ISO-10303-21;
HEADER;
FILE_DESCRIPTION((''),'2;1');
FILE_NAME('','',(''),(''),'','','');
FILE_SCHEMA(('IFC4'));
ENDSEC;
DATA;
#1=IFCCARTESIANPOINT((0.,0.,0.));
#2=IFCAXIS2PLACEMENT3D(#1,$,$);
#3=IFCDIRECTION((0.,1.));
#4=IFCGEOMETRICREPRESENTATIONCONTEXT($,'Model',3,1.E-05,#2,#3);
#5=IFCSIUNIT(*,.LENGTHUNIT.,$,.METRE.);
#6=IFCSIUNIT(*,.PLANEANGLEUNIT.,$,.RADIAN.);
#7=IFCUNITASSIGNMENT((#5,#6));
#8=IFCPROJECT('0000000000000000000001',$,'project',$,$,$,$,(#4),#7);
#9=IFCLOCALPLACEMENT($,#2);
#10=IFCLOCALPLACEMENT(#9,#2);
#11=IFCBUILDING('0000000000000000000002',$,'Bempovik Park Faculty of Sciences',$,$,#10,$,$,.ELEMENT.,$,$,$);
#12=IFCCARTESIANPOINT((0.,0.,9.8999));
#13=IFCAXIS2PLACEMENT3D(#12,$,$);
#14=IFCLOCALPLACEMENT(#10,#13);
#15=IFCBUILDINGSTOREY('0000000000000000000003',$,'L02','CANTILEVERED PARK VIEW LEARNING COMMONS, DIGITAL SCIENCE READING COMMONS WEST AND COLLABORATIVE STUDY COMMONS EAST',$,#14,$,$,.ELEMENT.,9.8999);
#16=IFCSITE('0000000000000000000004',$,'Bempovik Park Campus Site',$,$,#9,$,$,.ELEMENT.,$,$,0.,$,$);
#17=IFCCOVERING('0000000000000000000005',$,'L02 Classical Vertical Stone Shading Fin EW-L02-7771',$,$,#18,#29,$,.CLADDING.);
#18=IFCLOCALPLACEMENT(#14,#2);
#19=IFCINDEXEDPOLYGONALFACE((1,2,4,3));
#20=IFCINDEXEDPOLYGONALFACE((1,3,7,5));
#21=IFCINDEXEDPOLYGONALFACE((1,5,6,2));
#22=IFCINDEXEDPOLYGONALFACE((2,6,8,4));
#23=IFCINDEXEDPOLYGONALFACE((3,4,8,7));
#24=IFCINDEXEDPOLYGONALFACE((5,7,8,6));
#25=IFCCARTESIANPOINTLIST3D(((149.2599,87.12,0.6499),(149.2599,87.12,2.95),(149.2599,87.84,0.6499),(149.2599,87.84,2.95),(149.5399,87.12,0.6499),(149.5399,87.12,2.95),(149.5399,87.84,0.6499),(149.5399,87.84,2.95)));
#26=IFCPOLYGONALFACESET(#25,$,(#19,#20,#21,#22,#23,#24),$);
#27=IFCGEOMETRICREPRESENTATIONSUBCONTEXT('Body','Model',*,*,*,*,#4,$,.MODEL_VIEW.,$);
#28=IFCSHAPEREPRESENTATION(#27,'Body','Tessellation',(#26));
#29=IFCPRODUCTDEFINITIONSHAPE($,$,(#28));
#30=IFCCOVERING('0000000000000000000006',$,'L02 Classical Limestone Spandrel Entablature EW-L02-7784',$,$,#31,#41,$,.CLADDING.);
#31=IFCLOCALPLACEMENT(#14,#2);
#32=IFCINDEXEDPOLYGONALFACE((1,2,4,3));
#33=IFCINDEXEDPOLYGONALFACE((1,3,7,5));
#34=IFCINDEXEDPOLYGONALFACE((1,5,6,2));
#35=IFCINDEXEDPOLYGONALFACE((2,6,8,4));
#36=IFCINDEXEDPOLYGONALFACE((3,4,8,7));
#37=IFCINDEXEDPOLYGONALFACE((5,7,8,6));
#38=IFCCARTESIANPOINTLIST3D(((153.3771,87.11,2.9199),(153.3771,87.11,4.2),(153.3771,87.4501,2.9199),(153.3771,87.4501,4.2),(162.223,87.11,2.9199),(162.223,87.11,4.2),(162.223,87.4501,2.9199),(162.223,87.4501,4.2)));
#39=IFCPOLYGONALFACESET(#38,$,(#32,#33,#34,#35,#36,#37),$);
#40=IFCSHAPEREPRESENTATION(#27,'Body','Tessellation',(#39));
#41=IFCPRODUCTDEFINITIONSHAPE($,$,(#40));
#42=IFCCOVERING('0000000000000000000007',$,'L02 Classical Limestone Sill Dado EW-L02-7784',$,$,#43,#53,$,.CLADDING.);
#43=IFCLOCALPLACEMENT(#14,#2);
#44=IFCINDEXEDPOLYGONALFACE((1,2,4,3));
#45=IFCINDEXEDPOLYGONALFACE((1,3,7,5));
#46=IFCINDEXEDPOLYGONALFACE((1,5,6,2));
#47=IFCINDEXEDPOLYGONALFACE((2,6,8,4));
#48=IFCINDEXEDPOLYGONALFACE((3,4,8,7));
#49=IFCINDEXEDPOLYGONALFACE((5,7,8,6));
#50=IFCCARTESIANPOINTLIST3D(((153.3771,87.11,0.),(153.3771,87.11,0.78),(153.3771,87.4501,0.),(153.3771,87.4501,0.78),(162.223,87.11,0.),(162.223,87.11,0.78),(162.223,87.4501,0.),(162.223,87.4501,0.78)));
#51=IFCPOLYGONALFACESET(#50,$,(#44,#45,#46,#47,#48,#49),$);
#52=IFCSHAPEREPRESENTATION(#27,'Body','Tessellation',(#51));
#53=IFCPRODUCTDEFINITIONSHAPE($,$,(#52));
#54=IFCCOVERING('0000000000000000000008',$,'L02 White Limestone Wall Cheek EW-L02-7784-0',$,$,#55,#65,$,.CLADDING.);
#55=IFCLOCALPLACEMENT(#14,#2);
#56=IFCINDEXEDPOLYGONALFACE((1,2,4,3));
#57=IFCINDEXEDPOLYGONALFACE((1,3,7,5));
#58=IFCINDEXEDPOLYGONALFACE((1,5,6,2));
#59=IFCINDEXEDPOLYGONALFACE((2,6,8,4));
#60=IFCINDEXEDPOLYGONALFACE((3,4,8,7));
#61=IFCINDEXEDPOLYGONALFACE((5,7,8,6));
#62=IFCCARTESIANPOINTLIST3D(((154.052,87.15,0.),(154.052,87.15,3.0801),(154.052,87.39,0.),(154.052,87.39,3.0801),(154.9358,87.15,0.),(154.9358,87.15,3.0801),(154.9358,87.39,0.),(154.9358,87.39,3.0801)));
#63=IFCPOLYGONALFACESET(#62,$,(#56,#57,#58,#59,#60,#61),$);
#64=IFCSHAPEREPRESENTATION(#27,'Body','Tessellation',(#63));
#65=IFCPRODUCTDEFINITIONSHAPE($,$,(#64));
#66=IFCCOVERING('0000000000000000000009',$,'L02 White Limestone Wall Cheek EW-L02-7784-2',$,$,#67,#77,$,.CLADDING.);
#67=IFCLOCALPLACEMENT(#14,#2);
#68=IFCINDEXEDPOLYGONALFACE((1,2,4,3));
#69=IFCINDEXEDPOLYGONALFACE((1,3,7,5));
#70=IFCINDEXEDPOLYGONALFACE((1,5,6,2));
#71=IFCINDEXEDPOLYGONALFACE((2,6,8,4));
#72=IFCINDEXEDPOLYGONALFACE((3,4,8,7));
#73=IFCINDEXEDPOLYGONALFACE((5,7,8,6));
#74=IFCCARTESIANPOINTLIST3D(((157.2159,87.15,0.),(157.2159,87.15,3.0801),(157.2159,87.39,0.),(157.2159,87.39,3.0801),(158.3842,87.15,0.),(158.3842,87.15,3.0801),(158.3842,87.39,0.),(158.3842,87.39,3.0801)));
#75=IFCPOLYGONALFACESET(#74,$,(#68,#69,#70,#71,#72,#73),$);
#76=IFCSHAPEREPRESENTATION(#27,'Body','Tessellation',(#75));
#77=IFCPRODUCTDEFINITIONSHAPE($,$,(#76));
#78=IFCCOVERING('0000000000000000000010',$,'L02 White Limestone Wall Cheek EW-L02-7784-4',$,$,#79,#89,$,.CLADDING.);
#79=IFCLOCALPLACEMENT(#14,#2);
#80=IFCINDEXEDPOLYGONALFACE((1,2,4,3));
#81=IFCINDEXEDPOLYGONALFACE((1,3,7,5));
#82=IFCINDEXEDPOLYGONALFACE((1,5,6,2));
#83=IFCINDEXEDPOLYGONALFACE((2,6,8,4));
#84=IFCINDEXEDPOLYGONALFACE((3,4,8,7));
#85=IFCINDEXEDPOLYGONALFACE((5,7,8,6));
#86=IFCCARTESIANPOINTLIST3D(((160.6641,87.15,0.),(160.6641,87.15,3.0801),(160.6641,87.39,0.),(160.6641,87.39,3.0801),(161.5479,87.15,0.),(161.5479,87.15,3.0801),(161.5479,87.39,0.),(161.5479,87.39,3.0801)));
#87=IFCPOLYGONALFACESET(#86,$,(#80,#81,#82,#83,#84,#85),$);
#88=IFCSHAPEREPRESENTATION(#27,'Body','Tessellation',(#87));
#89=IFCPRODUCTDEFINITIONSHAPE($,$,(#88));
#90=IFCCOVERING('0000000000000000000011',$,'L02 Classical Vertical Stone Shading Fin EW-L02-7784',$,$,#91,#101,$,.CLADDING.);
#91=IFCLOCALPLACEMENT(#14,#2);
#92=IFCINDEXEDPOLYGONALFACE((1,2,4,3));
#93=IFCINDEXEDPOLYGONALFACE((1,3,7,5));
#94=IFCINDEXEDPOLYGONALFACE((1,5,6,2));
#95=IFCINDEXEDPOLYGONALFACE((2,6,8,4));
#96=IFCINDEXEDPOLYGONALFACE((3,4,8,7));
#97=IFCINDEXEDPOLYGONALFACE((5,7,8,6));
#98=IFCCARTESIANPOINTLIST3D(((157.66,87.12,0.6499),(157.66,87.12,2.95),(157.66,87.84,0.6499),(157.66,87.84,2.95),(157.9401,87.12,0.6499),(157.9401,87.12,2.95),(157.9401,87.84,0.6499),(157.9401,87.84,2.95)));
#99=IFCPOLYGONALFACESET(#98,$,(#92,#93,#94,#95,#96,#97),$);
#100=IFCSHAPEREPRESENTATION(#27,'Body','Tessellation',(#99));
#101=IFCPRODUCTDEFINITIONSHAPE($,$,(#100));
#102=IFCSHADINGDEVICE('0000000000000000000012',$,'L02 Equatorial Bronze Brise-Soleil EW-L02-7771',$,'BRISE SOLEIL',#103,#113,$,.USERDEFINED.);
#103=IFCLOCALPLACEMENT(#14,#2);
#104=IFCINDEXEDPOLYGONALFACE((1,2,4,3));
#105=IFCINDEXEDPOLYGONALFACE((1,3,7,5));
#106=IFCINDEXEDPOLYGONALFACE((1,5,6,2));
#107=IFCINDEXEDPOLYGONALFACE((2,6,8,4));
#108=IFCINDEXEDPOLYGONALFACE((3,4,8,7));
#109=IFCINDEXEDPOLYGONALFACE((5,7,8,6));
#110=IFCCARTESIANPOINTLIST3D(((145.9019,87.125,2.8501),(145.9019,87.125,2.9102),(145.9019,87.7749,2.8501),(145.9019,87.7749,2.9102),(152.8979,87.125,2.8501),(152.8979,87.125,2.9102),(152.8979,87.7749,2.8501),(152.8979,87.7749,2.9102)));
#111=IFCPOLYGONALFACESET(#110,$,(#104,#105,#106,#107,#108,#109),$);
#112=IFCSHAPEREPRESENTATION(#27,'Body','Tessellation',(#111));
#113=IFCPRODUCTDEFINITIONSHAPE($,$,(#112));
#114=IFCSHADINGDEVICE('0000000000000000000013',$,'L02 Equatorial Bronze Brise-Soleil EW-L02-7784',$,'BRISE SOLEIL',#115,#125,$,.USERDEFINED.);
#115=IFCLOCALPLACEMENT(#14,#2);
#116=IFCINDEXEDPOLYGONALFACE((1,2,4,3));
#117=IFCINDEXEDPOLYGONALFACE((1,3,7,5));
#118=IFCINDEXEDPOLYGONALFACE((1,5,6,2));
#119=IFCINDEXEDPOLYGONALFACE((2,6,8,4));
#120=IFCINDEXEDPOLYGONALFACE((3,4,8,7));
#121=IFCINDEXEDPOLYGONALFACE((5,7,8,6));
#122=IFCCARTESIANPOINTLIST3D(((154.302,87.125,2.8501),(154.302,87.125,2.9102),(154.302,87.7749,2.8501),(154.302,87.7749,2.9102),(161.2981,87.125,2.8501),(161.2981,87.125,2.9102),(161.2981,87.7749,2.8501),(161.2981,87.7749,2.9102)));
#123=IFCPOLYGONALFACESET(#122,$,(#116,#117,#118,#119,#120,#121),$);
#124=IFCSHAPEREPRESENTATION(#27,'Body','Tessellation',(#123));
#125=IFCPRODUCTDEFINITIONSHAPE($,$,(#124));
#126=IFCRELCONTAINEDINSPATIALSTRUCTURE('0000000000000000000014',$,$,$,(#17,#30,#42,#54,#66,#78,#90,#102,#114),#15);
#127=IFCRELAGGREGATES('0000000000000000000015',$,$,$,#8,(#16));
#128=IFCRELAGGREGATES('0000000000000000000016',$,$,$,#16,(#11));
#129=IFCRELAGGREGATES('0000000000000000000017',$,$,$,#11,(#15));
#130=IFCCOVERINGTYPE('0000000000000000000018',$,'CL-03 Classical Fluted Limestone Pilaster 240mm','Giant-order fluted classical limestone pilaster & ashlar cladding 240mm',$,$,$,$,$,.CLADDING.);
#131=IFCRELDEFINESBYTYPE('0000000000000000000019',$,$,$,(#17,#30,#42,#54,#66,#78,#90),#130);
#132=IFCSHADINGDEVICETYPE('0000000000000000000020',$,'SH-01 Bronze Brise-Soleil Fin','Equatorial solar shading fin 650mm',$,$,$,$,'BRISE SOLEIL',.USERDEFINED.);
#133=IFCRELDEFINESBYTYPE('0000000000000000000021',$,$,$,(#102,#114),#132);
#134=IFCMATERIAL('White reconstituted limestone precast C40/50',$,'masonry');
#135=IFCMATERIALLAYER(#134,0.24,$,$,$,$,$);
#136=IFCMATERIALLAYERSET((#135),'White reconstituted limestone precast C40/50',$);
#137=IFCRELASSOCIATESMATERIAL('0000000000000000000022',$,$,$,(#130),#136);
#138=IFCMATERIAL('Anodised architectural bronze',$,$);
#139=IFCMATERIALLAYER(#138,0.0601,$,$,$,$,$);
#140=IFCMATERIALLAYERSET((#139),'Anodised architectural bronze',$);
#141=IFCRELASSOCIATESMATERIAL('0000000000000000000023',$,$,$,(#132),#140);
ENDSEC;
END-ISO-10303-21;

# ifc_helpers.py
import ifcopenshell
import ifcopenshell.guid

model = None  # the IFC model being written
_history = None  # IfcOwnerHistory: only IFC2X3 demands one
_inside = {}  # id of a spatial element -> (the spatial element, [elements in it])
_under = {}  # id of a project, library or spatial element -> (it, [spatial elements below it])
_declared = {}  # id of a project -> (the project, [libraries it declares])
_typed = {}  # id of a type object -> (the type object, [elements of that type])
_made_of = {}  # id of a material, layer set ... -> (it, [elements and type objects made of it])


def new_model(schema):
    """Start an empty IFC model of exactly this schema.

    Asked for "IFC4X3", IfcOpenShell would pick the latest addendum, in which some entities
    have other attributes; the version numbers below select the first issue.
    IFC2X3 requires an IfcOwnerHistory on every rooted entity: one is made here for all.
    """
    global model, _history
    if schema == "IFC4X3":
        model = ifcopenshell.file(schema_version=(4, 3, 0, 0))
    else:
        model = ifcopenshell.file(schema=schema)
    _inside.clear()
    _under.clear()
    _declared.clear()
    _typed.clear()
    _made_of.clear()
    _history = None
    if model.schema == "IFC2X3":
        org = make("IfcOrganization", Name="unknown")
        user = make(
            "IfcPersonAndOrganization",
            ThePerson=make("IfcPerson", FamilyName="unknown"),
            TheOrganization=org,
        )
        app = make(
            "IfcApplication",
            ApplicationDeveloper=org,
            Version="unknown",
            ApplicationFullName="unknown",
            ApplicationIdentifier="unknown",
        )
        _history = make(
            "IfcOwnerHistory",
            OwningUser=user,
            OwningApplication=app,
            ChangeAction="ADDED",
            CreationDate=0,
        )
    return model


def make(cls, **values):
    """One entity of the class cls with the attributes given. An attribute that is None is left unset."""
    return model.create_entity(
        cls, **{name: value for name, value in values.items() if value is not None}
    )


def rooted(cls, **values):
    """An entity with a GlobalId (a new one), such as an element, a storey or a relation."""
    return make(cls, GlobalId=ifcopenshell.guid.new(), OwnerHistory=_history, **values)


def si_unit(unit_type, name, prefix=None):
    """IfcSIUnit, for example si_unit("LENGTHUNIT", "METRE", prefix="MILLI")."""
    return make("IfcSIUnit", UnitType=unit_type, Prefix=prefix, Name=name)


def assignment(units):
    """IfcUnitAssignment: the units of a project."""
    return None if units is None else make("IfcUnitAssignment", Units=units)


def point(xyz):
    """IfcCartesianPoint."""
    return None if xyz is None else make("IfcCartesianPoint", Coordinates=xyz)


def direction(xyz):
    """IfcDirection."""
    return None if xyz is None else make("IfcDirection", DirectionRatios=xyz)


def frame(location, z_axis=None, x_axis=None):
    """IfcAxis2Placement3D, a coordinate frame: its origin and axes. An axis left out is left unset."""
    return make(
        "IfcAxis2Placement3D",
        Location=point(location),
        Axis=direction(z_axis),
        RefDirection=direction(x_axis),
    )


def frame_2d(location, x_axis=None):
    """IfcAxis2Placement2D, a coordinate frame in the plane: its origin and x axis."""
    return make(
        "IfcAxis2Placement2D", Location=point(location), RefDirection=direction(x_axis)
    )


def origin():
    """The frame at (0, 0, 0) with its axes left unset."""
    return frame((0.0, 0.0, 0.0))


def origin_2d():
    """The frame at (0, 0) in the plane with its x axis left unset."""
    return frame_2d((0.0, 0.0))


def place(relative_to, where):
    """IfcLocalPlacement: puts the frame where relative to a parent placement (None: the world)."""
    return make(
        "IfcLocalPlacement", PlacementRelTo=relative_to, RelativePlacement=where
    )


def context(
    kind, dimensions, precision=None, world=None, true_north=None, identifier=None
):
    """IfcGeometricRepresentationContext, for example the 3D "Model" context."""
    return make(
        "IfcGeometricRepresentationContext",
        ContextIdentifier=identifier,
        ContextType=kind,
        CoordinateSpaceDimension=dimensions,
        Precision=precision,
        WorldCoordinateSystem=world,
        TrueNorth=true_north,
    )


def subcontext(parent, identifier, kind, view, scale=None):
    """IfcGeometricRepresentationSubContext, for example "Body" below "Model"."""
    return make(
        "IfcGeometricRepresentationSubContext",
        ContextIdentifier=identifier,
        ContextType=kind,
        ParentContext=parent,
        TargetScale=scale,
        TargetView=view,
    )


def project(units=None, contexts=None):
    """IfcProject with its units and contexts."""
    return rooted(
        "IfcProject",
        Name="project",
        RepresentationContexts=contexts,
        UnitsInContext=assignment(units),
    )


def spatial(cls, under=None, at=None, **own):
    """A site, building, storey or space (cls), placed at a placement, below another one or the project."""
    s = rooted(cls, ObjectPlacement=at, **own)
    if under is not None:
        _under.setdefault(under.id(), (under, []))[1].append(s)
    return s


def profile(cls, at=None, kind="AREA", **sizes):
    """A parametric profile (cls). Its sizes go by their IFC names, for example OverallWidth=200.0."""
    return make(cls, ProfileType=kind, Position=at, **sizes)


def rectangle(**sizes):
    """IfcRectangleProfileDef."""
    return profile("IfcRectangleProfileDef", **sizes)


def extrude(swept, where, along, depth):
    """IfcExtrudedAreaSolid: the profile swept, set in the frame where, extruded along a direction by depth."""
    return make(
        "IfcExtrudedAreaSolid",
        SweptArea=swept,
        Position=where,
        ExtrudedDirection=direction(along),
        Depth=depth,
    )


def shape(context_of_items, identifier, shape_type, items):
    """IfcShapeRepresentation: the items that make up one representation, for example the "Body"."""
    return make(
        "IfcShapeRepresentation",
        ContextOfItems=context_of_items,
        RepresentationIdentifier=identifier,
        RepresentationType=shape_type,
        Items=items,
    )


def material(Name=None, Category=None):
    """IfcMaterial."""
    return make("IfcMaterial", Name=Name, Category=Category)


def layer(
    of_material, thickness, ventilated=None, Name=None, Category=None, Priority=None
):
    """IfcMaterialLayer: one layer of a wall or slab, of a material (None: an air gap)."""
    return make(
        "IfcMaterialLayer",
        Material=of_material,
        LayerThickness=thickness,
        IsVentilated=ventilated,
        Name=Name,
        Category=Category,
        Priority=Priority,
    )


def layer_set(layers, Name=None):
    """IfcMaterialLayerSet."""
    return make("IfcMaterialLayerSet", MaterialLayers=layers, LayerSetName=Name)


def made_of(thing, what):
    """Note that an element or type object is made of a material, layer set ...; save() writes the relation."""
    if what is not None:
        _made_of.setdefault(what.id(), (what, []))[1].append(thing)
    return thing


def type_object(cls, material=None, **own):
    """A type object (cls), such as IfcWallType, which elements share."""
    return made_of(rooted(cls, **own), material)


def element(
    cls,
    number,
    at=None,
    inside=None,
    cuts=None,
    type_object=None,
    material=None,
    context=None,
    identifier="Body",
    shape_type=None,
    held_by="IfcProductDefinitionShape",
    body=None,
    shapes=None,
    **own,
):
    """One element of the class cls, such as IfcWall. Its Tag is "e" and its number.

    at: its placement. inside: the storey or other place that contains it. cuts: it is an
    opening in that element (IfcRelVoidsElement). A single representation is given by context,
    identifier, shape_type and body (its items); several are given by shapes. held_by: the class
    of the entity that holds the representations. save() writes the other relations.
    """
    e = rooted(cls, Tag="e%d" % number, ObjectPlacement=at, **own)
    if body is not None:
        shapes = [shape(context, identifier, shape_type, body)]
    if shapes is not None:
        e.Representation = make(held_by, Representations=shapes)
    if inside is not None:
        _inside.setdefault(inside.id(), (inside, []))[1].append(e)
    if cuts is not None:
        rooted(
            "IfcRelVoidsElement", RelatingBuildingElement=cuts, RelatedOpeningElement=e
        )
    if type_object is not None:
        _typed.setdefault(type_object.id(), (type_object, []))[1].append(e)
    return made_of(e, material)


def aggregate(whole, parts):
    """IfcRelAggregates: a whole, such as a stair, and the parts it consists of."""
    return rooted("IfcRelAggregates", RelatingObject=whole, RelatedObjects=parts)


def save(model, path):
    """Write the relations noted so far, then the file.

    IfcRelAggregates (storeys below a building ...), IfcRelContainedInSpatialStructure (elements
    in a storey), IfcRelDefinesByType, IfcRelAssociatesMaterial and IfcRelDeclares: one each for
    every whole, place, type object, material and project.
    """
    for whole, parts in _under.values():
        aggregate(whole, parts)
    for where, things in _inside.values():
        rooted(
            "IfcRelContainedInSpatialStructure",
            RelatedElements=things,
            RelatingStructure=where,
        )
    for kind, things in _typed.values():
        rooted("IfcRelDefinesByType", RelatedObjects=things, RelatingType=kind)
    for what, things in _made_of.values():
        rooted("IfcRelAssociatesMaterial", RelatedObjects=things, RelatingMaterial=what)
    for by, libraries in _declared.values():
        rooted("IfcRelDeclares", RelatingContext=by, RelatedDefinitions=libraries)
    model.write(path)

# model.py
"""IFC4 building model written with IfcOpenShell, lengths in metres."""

from ifc_helpers import new_model, si_unit, direction, frame, origin, origin_2d, place, context, subcontext, project, spatial, rectangle, extrude, material, layer, layer_set, type_object, element, save


model = new_model("IFC4")

# Units and contexts
model_context = context("Model", 3, precision=1e-05, world=origin(), true_north=direction((0.0, 1.0)))
body_context = subcontext(model_context, "Body", "Model", "MODEL_VIEW")
ifc_project = project(units=[si_unit("LENGTHUNIT", "METRE"), si_unit("PLANEANGLEUNIT", "RADIAN")], contexts=[model_context])

# Site, building, storey
site_placement = place(None, origin())
site = spatial("IfcSite", under=ifc_project, at=site_placement, Name="Bempovik Park Campus Site", CompositionType="ELEMENT", RefElevation=0.0)
building_placement = place(site_placement, origin())
building = spatial("IfcBuilding", under=site, at=building_placement, Name="Bempovik Park Faculty of Sciences", CompositionType="ELEMENT")
storey_placement = place(building_placement, frame((0.0, 0.0, 9.8999)))
storey = spatial("IfcBuildingStorey", under=building, at=storey_placement, Name="L02", Description="CANTILEVERED PARK VIEW LEARNING COMMONS, DIGITAL SCIENCE READING COMMONS WEST AND COLLABORATIVE STUDY COMMONS EAST", CompositionType="ELEMENT", Elevation=9.8999)

# Coverings
ifc_material_1 = material(Name="White reconstituted limestone precast C40/50", Category="masonry")
ifc_layer_1 = layer(ifc_material_1, 0.24)
ifc_layer_set_1 = layer_set([ifc_layer_1], Name="White reconstituted limestone precast C40/50")
covering_type_1 = type_object("IfcCoveringType", Name="CL-03 Classical Fluted Limestone Pilaster 240mm", Description="Giant-order fluted classical limestone pilaster & ashlar cladding 240mm", PredefinedType="CLADDING", material=ifc_layer_set_1)
covering_1_placement = place(storey_placement, frame((149.3999, 87.48, 0.6499), z_axis=(0.0, 0.0, 1.0), x_axis=(1.0, 0.0, 0.0)))
element("IfcCovering", 1, at=covering_1_placement, inside=storey, type_object=covering_type_1, Name="L02 Classical Vertical Stone Shading Fin EW-L02-7771", PredefinedType="CLADDING", context=body_context, shape_type="SweptSolid", body=[
    extrude(rectangle(XDim=0.28, YDim=0.72, at=origin_2d()), origin(), (0.0, 0.0, 1.0), 2.3),
])
covering_2_placement = place(storey_placement, frame((157.8, 87.28, 2.9199), z_axis=(0.0, 0.0, 1.0), x_axis=(1.0, 0.0, 0.0)))
element("IfcCovering", 2, at=covering_2_placement, inside=storey, type_object=covering_type_1, Name="L02 Classical Limestone Spandrel Entablature EW-L02-7784", PredefinedType="CLADDING", context=body_context, shape_type="SweptSolid", body=[
    extrude(rectangle(XDim=8.8459, YDim=0.3401, at=origin_2d()), origin(), (0.0, 0.0, 1.0), 1.28),
])
covering_3_placement = place(storey_placement, frame((157.8, 87.28, 0.0), z_axis=(0.0, 0.0, 1.0), x_axis=(1.0, 0.0, 0.0)))
element("IfcCovering", 3, at=covering_3_placement, inside=storey, type_object=covering_type_1, Name="L02 Classical Limestone Sill Dado EW-L02-7784", PredefinedType="CLADDING", context=body_context, shape_type="SweptSolid", body=[
    extrude(rectangle(XDim=8.8459, YDim=0.3401, at=origin_2d()), origin(), (0.0, 0.0, 1.0), 0.78),
])
covering_4_placement = place(storey_placement, frame((154.4939, 87.27, 0.0), z_axis=(0.0, 0.0, 1.0), x_axis=(1.0, 0.0, 0.0)))
element("IfcCovering", 4, at=covering_4_placement, inside=storey, type_object=covering_type_1, Name="L02 White Limestone Wall Cheek EW-L02-7784-0", PredefinedType="CLADDING", context=body_context, shape_type="SweptSolid", body=[
    extrude(rectangle(XDim=0.8838, YDim=0.24, at=origin_2d()), origin(), (0.0, 0.0, 1.0), 3.0801),
])
covering_5_placement = place(storey_placement, frame((157.8, 87.27, 0.0), z_axis=(0.0, 0.0, 1.0), x_axis=(1.0, 0.0, 0.0)))
element("IfcCovering", 5, at=covering_5_placement, inside=storey, type_object=covering_type_1, Name="L02 White Limestone Wall Cheek EW-L02-7784-2", PredefinedType="CLADDING", context=body_context, shape_type="SweptSolid", body=[
    extrude(rectangle(XDim=1.1682, YDim=0.24, at=origin_2d()), origin(), (0.0, 0.0, 1.0), 3.0801),
])
covering_6_placement = place(storey_placement, frame((161.106, 87.27, 0.0), z_axis=(0.0, 0.0, 1.0), x_axis=(1.0, 0.0, 0.0)))
element("IfcCovering", 6, at=covering_6_placement, inside=storey, type_object=covering_type_1, Name="L02 White Limestone Wall Cheek EW-L02-7784-4", PredefinedType="CLADDING", context=body_context, shape_type="SweptSolid", body=[
    extrude(rectangle(XDim=0.8838, YDim=0.24, at=origin_2d()), origin(), (0.0, 0.0, 1.0), 3.0801),
])
covering_7_placement = place(storey_placement, frame((157.8, 87.48, 0.6499), z_axis=(0.0, 0.0, 1.0), x_axis=(1.0, 0.0, 0.0)))
element("IfcCovering", 7, at=covering_7_placement, inside=storey, type_object=covering_type_1, Name="L02 Classical Vertical Stone Shading Fin EW-L02-7784", PredefinedType="CLADDING", context=body_context, shape_type="SweptSolid", body=[
    extrude(rectangle(XDim=0.28, YDim=0.72, at=origin_2d()), origin(), (0.0, 0.0, 1.0), 2.3),
])

# Shading devices
ifc_material_2 = material(Name="Anodised architectural bronze")
ifc_layer_2 = layer(ifc_material_2, 0.0601)
ifc_layer_set_2 = layer_set([ifc_layer_2], Name="Anodised architectural bronze")
shading_device_type = type_object("IfcShadingDeviceType", Name="SH-01 Bronze Brise-Soleil Fin", Description="Equatorial solar shading fin 650mm", ElementType="BRISE SOLEIL", PredefinedType="USERDEFINED", material=ifc_layer_set_2)
for number, where, z_axis, x_axis, name in (
    (8, (149.3999, 87.45, 2.8501), (0.0, 0.0, 1.0), (1.0, 0.0, 0.0), "L02 Equatorial Bronze Brise-Soleil EW-L02-7771"),
    (9, (157.8, 87.45, 2.8501), (0.0, 0.0, 1.0), (1.0, 0.0, 0.0), "L02 Equatorial Bronze Brise-Soleil EW-L02-7784"),
):
    element("IfcShadingDevice", number, at=place(storey_placement, frame(where, z_axis=z_axis, x_axis=x_axis)), inside=storey, type_object=shading_device_type, Name=name, ObjectType="BRISE SOLEIL", PredefinedType="USERDEFINED", context=body_context, shape_type="SweptSolid", body=[
        extrude(rectangle(XDim=6.9961, YDim=0.6499, at=origin_2d()), origin(), (0.0, 0.0, 1.0), 0.0601),
    ])

save(model, "model.ifc")
